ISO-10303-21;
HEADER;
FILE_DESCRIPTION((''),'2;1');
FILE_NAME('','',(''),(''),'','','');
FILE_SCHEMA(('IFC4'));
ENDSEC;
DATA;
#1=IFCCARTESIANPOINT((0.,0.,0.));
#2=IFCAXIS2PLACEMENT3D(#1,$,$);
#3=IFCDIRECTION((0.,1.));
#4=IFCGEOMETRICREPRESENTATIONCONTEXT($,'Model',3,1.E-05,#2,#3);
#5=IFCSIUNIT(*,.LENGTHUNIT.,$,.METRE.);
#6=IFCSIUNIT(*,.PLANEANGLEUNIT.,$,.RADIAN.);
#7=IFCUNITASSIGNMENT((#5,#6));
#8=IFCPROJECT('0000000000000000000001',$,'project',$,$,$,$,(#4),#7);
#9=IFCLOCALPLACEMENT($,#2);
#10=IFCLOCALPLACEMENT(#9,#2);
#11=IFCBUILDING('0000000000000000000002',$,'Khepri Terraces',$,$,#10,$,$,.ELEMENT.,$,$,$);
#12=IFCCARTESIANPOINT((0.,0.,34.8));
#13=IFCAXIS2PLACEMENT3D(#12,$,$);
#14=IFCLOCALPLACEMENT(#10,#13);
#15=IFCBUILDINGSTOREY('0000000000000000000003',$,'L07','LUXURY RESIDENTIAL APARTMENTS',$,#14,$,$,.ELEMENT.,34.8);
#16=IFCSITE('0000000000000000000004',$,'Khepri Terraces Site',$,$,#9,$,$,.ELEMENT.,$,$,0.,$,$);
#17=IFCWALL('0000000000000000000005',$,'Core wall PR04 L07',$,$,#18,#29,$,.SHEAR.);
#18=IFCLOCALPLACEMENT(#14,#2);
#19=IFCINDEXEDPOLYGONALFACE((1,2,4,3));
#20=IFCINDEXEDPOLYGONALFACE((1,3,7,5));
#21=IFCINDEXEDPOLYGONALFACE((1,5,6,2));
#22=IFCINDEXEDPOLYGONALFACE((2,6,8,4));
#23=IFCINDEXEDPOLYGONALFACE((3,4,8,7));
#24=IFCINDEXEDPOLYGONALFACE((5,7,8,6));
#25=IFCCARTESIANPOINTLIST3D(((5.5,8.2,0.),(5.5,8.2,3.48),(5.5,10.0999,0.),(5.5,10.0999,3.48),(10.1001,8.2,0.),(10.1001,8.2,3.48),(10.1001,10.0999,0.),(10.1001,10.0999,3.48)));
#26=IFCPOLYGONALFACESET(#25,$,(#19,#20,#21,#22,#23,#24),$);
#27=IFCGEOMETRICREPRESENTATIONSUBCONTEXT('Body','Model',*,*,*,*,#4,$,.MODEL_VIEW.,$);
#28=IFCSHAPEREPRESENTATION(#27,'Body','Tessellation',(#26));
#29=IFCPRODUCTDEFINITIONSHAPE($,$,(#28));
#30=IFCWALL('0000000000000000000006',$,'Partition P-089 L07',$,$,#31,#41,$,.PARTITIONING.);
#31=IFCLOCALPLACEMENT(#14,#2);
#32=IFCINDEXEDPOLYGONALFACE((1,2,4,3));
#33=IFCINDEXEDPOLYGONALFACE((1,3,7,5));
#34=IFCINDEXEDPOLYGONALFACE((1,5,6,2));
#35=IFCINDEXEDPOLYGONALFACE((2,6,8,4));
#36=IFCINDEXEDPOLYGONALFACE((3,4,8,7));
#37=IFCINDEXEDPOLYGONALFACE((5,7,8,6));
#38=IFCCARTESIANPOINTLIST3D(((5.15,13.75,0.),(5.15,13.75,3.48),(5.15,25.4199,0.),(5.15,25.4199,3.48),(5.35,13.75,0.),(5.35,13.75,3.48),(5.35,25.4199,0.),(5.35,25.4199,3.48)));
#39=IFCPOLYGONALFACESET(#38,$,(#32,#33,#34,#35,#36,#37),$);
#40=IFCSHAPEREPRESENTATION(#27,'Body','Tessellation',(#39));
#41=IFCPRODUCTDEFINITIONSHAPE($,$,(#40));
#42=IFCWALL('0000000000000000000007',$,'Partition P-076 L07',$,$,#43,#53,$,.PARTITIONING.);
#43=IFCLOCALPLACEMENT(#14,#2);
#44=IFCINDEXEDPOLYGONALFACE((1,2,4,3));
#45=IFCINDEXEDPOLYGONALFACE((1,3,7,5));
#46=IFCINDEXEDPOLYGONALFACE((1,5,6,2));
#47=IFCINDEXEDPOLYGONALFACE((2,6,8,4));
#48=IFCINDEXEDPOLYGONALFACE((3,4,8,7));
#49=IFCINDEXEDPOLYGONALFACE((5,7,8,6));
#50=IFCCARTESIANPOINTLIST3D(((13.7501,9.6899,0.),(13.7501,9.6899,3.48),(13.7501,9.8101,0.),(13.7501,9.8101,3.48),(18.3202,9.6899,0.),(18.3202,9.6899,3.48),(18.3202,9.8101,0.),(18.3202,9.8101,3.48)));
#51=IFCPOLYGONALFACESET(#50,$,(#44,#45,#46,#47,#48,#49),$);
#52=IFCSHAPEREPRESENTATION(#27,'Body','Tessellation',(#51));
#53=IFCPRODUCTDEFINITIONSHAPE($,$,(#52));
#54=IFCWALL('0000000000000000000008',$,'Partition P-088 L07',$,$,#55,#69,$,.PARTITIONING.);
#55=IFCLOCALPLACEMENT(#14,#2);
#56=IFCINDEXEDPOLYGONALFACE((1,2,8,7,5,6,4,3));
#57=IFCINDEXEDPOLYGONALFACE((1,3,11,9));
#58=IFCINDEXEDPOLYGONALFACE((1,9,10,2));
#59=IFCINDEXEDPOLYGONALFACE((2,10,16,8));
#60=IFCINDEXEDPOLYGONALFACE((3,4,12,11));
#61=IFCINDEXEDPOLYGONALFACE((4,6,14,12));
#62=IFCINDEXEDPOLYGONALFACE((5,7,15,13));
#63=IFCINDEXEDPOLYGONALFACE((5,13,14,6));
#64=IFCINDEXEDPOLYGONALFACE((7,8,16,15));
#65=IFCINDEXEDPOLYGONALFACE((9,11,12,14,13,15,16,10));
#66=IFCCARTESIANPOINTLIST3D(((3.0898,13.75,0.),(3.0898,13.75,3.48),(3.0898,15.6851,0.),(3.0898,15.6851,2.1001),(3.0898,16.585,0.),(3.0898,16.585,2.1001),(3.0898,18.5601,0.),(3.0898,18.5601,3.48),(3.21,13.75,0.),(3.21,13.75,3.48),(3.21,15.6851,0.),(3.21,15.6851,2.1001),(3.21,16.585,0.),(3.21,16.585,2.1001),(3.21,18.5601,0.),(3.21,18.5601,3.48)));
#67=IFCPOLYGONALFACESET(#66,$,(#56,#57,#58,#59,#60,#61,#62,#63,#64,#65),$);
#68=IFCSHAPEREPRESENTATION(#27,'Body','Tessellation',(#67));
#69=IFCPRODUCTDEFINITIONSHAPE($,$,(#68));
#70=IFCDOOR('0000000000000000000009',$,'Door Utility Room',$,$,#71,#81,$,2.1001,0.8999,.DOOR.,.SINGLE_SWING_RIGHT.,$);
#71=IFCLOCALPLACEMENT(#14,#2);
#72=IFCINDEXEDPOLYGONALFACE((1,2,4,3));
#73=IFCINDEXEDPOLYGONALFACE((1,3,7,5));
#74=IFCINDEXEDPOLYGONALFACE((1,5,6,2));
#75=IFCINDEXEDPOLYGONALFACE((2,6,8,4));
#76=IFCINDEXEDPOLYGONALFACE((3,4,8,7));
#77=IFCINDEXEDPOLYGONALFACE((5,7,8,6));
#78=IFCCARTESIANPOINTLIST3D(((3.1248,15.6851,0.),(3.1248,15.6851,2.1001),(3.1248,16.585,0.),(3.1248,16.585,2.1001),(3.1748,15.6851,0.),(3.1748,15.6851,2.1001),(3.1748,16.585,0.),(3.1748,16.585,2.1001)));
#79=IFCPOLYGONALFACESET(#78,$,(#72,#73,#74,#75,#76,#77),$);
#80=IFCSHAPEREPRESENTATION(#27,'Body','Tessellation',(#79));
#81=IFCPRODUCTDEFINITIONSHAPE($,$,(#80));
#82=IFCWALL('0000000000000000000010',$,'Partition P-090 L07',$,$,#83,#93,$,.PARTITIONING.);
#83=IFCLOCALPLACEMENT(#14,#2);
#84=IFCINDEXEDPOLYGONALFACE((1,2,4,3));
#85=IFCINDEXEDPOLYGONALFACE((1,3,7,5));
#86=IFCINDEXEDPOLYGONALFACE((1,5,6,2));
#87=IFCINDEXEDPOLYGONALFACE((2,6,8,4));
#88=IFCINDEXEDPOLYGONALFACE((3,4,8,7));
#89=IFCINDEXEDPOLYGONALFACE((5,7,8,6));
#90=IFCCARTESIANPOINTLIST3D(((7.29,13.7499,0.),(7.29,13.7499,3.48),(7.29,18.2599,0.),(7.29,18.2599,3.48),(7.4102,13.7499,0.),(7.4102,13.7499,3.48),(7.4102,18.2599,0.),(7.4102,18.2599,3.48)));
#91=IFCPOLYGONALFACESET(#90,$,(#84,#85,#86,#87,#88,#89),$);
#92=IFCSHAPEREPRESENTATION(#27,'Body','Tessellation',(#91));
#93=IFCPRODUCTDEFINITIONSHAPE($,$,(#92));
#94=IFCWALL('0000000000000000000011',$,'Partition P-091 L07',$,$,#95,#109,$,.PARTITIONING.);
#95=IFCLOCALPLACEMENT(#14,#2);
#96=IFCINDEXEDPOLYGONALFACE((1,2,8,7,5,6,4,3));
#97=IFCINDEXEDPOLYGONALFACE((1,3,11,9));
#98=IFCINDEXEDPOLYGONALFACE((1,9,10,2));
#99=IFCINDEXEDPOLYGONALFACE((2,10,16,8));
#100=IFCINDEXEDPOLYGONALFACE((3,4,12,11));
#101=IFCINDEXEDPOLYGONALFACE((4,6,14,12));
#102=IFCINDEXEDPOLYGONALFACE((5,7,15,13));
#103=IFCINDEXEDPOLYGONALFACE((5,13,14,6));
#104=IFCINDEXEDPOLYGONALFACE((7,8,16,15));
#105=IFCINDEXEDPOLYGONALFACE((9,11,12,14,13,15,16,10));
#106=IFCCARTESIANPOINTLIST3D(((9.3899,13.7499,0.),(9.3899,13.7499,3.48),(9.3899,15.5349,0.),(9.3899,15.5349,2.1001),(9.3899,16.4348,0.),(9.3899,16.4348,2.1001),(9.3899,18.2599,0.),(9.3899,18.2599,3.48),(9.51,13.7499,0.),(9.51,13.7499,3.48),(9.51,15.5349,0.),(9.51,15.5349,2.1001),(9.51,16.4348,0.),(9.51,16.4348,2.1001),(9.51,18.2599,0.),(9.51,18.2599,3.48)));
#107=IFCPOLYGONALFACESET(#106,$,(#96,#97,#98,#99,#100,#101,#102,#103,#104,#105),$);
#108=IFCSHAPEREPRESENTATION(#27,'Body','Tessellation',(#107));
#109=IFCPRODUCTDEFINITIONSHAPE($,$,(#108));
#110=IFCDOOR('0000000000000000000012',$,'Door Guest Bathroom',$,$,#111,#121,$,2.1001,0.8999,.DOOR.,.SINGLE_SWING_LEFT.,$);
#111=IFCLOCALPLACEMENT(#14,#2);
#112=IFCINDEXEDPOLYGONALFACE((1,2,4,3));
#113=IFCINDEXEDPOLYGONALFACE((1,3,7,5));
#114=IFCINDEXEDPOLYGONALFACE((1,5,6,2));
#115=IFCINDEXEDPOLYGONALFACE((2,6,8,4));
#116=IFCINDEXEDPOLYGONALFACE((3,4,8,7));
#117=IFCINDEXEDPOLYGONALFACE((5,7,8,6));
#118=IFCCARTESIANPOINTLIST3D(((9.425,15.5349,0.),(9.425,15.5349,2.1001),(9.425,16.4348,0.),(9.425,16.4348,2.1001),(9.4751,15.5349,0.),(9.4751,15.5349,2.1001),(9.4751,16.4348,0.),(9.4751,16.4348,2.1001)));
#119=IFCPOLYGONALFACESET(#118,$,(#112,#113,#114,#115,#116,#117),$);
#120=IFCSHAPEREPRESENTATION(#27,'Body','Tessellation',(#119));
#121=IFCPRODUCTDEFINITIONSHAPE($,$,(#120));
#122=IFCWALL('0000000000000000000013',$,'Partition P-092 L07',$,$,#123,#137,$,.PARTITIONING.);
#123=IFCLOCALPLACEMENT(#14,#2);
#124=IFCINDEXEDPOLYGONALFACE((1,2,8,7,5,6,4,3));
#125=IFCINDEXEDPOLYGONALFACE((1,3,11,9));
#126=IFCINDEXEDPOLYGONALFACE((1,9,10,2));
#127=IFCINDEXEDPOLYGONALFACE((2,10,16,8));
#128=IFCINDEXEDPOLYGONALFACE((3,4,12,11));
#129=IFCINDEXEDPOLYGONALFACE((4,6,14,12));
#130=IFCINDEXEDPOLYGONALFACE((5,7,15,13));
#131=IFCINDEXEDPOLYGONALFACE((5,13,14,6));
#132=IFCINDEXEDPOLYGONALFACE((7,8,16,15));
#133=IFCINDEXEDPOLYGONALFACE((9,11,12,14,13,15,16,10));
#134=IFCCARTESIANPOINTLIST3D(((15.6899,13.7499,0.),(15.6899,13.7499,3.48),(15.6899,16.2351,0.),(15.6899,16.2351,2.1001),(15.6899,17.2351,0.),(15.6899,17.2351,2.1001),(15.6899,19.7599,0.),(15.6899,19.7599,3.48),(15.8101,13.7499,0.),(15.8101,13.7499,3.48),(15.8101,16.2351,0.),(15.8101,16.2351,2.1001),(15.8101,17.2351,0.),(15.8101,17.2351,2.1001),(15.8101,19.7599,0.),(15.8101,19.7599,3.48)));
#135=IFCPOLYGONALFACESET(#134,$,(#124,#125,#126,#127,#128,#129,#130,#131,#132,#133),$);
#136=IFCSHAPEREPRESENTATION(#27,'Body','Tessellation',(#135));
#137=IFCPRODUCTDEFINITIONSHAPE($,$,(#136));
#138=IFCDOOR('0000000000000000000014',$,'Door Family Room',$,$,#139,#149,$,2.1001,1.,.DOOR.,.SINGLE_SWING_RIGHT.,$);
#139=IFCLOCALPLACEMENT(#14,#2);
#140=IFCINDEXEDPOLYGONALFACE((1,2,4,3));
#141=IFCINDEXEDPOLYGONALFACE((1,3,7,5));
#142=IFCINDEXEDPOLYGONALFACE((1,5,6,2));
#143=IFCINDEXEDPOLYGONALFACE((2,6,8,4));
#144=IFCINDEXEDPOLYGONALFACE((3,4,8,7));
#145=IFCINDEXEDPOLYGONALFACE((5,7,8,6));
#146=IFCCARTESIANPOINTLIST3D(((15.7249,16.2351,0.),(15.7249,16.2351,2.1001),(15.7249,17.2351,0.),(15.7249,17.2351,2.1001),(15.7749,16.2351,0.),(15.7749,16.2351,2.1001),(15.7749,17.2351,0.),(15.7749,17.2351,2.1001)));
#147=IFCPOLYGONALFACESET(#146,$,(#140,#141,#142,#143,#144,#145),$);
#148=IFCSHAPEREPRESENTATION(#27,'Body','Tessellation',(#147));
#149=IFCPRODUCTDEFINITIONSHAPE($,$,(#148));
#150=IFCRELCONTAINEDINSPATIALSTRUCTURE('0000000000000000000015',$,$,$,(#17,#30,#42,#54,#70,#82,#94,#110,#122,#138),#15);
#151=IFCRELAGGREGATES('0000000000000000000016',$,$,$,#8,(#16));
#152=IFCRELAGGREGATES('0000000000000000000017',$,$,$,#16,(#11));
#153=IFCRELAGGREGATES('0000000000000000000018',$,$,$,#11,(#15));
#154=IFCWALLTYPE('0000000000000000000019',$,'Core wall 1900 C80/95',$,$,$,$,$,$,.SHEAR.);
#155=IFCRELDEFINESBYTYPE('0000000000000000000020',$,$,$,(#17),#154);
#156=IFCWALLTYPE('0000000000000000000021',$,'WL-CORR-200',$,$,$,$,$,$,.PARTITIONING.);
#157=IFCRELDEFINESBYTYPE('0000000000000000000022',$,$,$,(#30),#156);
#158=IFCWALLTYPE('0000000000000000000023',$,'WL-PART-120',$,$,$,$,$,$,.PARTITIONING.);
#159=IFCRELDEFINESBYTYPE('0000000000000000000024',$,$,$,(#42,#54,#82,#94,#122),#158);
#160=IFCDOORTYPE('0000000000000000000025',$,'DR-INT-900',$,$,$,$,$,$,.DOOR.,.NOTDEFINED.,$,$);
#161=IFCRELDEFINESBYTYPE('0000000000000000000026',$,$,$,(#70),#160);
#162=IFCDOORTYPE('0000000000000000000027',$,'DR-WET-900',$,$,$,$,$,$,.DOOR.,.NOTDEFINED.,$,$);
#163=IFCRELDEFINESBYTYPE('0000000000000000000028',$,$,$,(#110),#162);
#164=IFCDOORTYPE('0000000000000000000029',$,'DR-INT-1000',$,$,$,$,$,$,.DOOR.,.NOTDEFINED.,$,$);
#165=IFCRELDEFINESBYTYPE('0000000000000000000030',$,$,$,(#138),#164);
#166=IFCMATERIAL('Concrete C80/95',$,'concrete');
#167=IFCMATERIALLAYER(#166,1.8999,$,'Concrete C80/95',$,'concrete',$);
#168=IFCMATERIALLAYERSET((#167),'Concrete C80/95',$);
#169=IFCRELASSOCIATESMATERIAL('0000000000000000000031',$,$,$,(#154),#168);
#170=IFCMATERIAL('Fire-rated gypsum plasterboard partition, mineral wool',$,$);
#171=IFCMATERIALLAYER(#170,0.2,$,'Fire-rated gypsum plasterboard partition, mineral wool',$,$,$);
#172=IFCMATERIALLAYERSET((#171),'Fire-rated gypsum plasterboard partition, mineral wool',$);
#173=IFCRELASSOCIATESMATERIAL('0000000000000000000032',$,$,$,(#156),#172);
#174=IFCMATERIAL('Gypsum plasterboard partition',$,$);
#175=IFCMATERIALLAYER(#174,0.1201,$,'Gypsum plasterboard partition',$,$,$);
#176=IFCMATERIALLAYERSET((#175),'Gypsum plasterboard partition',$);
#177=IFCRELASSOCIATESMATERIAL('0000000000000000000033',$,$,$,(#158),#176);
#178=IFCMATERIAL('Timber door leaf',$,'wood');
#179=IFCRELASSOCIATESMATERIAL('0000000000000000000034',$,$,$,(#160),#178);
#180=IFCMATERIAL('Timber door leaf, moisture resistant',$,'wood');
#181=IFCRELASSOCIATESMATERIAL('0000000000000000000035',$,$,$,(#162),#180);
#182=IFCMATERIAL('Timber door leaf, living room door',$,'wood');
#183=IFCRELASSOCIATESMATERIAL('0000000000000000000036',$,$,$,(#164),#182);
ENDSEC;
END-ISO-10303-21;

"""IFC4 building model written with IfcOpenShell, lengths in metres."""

from ifc_helpers import new_model, si_unit, direction, frame, frame_2d, origin, place, context, subcontext, project, spatial, rectangle, extrude, material, layer, layer_set, type_object, element, fill, save


model = new_model("IFC4")

# Units and contexts
model_context = context("Model", 3, precision=1e-05, world=origin(), true_north=direction((0.0, 1.0)))
body_context = subcontext(model_context, "Body", "Model", "MODEL_VIEW")
ifc_project = project(units=[si_unit("LENGTHUNIT", "METRE"), si_unit("PLANEANGLEUNIT", "RADIAN")], contexts=[model_context])

# Site, building, storey
site_placement = place(None, origin())
site = spatial("IfcSite", under=ifc_project, at=site_placement, Name="Khepri Terraces Site", CompositionType="ELEMENT", RefElevation=0.0)
building_placement = place(site_placement, origin())
building = spatial("IfcBuilding", under=site, at=building_placement, Name="Khepri Terraces", CompositionType="ELEMENT")
storey_placement = place(building_placement, frame((0.0, 0.0, 34.8)))
storey = spatial("IfcBuildingStorey", under=building, at=storey_placement, Name="L07", Description="LUXURY RESIDENTIAL APARTMENTS", CompositionType="ELEMENT", Elevation=34.8)

# Walls
ifc_material_1 = material(Name="Concrete C80/95", Category="concrete")
ifc_layer_1 = layer(ifc_material_1, 1.8999, Name="Concrete C80/95", Category="concrete")
ifc_layer_set_1 = layer_set([ifc_layer_1], Name="Concrete C80/95")
wall_type_1 = type_object("IfcWallType", Name="Core wall 1900 C80/95", PredefinedType="SHEAR", material=ifc_layer_set_1)
wall_1_placement = place(storey_placement, frame((5.5, 9.1499, 0.0), z_axis=(0.0, 0.0, 1.0), x_axis=(1.0, 0.0, 0.0)))
element("IfcWall", 1, at=wall_1_placement, inside=storey, type_object=wall_type_1, Name="Core wall PR04 L07", PredefinedType="SHEAR", context=body_context, shape_type="SweptSolid", body=[
    extrude(rectangle(XDim=4.6001, YDim=1.8999, at=frame_2d((2.3, 0.0))), origin(), (0.0, 0.0, 1.0), 3.48),
])
ifc_material_2 = material(Name="Fire-rated gypsum plasterboard partition, mineral wool")
ifc_layer_2 = layer(ifc_material_2, 0.2, Name="Fire-rated gypsum plasterboard partition, mineral wool")
ifc_layer_set_2 = layer_set([ifc_layer_2], Name="Fire-rated gypsum plasterboard partition, mineral wool")
wall_type_2 = type_object("IfcWallType", Name="WL-CORR-200", PredefinedType="PARTITIONING", material=ifc_layer_set_2)
wall_2_placement = place(storey_placement, frame((5.25, 13.75, 0.0), z_axis=(0.0, 0.0, 1.0), x_axis=(0.0, 1.0, 0.0)))
element("IfcWall", 2, at=wall_2_placement, inside=storey, type_object=wall_type_2, Name="Partition P-089 L07", PredefinedType="PARTITIONING", context=body_context, shape_type="SweptSolid", body=[
    extrude(rectangle(XDim=11.6699, YDim=0.2, at=frame_2d((5.835, 0.0))), origin(), (0.0, 0.0, 1.0), 3.48),
])
ifc_material_3 = material(Name="Gypsum plasterboard partition")
ifc_layer_3 = layer(ifc_material_3, 0.1201, Name="Gypsum plasterboard partition")
ifc_layer_set_3 = layer_set([ifc_layer_3], Name="Gypsum plasterboard partition")
wall_type_3 = type_object("IfcWallType", Name="WL-PART-120", PredefinedType="PARTITIONING", material=ifc_layer_set_3)
wall_3_placement = place(storey_placement, frame((13.75, 9.75, 0.0), z_axis=(0.0, 0.0, 1.0), x_axis=(1.0, 0.0, 0.0)))
element("IfcWall", 3, at=wall_3_placement, inside=storey, type_object=wall_type_3, Name="Partition P-076 L07", PredefinedType="PARTITIONING", context=body_context, shape_type="SweptSolid", body=[
    extrude(rectangle(XDim=4.5701, YDim=0.1201, at=frame_2d((2.2852, 0.0))), origin(), (0.0, 0.0, 1.0), 3.48),
])

# Wall, opening, door
wall_4_placement = place(storey_placement, frame((3.1499, 13.75, 0.0), z_axis=(0.0, 0.0, 1.0), x_axis=(0.0, 1.0, 0.0)))
wall_4 = element("IfcWall", 4, at=wall_4_placement, inside=storey, type_object=wall_type_3, Name="Partition P-088 L07", PredefinedType="PARTITIONING", context=body_context, shape_type="SweptSolid", body=[
    extrude(rectangle(XDim=4.8101, YDim=0.1201, at=frame_2d((2.405, 0.0))), origin(), (0.0, 0.0, 1.0), 3.48),
])
opening_1_placement = place(wall_4_placement, frame((1.9351, 0.0, 0.0)))
opening_1 = element("IfcOpeningElement", 5, at=opening_1_placement, cuts=wall_4, PredefinedType="OPENING", context=body_context, shape_type="SweptSolid", body=[
    extrude(rectangle(XDim=0.8999, YDim=2.1001, at=frame_2d((0.45, 1.05))), frame((0.0, 0.0701, 0.0), z_axis=(0.0, -1.0, 0.0), x_axis=(1.0, 0.0, 0.0)), (0.0, 0.0, 1.0), 0.1401),
])
ifc_material_4 = material(Name="Timber door leaf", Category="wood")
door_type_1 = type_object("IfcDoorType", Name="DR-INT-900", OperationType="NOTDEFINED", PredefinedType="DOOR", material=ifc_material_4)
door_1_placement = place(opening_1_placement, frame((0.8999, 0.0, 0.0), z_axis=(0.0, 0.0, 1.0), x_axis=(-1.0, 0.0, 0.0)))
door_1 = element("IfcDoor", 6, at=door_1_placement, inside=storey, type_object=door_type_1, Name="Door Utility Room", OperationType="SINGLE_SWING_RIGHT", OverallHeight=2.1001, OverallWidth=0.8999, PredefinedType="DOOR", context=body_context, shape_type="SweptSolid", body=[
    extrude(rectangle(XDim=0.8999, YDim=2.1001, at=frame_2d((0.45, 1.05))), frame((0.0, 0.0249, 0.0), z_axis=(0.0, -1.0, 0.0), x_axis=(1.0, 0.0, 0.0)), (0.0, 0.0, 1.0), 0.05),
])
fill(opening_1, door_1)

# Wall
wall_5_placement = place(storey_placement, frame((7.3501, 13.75, 0.0), z_axis=(0.0, 0.0, 1.0), x_axis=(0.0, 1.0, 0.0)))
element("IfcWall", 7, at=wall_5_placement, inside=storey, type_object=wall_type_3, Name="Partition P-090 L07", PredefinedType="PARTITIONING", context=body_context, shape_type="SweptSolid", body=[
    extrude(rectangle(XDim=4.51, YDim=0.1201, at=frame_2d((2.2549, 0.0))), origin(), (0.0, 0.0, 1.0), 3.48),
])

# Walls, openings, doors
wall_6_placement = place(storey_placement, frame((9.45, 13.75, 0.0), z_axis=(0.0, 0.0, 1.0), x_axis=(0.0, 1.0, 0.0)))
wall_6 = element("IfcWall", 8, at=wall_6_placement, inside=storey, type_object=wall_type_3, Name="Partition P-091 L07", PredefinedType="PARTITIONING", context=body_context, shape_type="SweptSolid", body=[
    extrude(rectangle(XDim=4.51, YDim=0.1201, at=frame_2d((2.2549, 0.0))), origin(), (0.0, 0.0, 1.0), 3.48),
])
opening_2_placement = place(wall_6_placement, frame((1.7849, 0.0, 0.0)))
opening_2 = element("IfcOpeningElement", 9, at=opening_2_placement, cuts=wall_6, PredefinedType="OPENING", context=body_context, shape_type="SweptSolid", body=[
    extrude(rectangle(XDim=0.8999, YDim=2.1001, at=frame_2d((0.45, 1.05))), frame((0.0, 0.0701, 0.0), z_axis=(0.0, -1.0, 0.0), x_axis=(1.0, 0.0, 0.0)), (0.0, 0.0, 1.0), 0.1401),
])
ifc_material_5 = material(Name="Timber door leaf, moisture resistant", Category="wood")
door_type_2 = type_object("IfcDoorType", Name="DR-WET-900", OperationType="NOTDEFINED", PredefinedType="DOOR", material=ifc_material_5)
door_2_placement = place(opening_2_placement, origin())
door_2 = element("IfcDoor", 10, at=door_2_placement, inside=storey, type_object=door_type_2, Name="Door Guest Bathroom", OperationType="SINGLE_SWING_LEFT", OverallHeight=2.1001, OverallWidth=0.8999, PredefinedType="DOOR", context=body_context, shape_type="SweptSolid", body=[
    extrude(rectangle(XDim=0.8999, YDim=2.1001, at=frame_2d((0.45, 1.05))), frame((0.0, 0.0249, 0.0), z_axis=(0.0, -1.0, 0.0), x_axis=(1.0, 0.0, 0.0)), (0.0, 0.0, 1.0), 0.05),
])
fill(opening_2, door_2)
wall_7_placement = place(storey_placement, frame((15.75, 13.75, 0.0), z_axis=(0.0, 0.0, 1.0), x_axis=(0.0, 1.0, 0.0)))
wall_7 = element("IfcWall", 11, at=wall_7_placement, inside=storey, type_object=wall_type_3, Name="Partition P-092 L07", PredefinedType="PARTITIONING", context=body_context, shape_type="SweptSolid", body=[
    extrude(rectangle(XDim=6.01, YDim=0.1201, at=frame_2d((3.0049, 0.0))), origin(), (0.0, 0.0, 1.0), 3.48),
])
opening_3_placement = place(wall_7_placement, frame((2.4851, 0.0, 0.0)))
opening_3 = element("IfcOpeningElement", 12, at=opening_3_placement, cuts=wall_7, PredefinedType="OPENING", context=body_context, shape_type="SweptSolid", body=[
    extrude(rectangle(XDim=1.0, YDim=2.1001, at=frame_2d((0.5, 1.05))), frame((0.0, 0.0701, 0.0), z_axis=(0.0, -1.0, 0.0), x_axis=(1.0, 0.0, 0.0)), (0.0, 0.0, 1.0), 0.1401),
])
ifc_material_6 = material(Name="Timber door leaf, living room door", Category="wood")
door_type_3 = type_object("IfcDoorType", Name="DR-INT-1000", OperationType="NOTDEFINED", PredefinedType="DOOR", material=ifc_material_6)
door_3_placement = place(opening_3_placement, frame((1.0, 0.0, 0.0), z_axis=(0.0, 0.0, 1.0), x_axis=(-1.0, 0.0, 0.0)))
door_3 = element("IfcDoor", 13, at=door_3_placement, inside=storey, type_object=door_type_3, Name="Door Family Room", OperationType="SINGLE_SWING_RIGHT", OverallHeight=2.1001, OverallWidth=1.0, PredefinedType="DOOR", context=body_context, shape_type="SweptSolid", body=[
    extrude(rectangle(XDim=1.0, YDim=2.1001, at=frame_2d((0.5, 1.05))), frame((0.0, 0.0249, 0.0), z_axis=(0.0, -1.0, 0.0), x_axis=(1.0, 0.0, 0.0)), (0.0, 0.0, 1.0), 0.05),
])
fill(opening_3, door_3)

save(model, "model.ifc")
